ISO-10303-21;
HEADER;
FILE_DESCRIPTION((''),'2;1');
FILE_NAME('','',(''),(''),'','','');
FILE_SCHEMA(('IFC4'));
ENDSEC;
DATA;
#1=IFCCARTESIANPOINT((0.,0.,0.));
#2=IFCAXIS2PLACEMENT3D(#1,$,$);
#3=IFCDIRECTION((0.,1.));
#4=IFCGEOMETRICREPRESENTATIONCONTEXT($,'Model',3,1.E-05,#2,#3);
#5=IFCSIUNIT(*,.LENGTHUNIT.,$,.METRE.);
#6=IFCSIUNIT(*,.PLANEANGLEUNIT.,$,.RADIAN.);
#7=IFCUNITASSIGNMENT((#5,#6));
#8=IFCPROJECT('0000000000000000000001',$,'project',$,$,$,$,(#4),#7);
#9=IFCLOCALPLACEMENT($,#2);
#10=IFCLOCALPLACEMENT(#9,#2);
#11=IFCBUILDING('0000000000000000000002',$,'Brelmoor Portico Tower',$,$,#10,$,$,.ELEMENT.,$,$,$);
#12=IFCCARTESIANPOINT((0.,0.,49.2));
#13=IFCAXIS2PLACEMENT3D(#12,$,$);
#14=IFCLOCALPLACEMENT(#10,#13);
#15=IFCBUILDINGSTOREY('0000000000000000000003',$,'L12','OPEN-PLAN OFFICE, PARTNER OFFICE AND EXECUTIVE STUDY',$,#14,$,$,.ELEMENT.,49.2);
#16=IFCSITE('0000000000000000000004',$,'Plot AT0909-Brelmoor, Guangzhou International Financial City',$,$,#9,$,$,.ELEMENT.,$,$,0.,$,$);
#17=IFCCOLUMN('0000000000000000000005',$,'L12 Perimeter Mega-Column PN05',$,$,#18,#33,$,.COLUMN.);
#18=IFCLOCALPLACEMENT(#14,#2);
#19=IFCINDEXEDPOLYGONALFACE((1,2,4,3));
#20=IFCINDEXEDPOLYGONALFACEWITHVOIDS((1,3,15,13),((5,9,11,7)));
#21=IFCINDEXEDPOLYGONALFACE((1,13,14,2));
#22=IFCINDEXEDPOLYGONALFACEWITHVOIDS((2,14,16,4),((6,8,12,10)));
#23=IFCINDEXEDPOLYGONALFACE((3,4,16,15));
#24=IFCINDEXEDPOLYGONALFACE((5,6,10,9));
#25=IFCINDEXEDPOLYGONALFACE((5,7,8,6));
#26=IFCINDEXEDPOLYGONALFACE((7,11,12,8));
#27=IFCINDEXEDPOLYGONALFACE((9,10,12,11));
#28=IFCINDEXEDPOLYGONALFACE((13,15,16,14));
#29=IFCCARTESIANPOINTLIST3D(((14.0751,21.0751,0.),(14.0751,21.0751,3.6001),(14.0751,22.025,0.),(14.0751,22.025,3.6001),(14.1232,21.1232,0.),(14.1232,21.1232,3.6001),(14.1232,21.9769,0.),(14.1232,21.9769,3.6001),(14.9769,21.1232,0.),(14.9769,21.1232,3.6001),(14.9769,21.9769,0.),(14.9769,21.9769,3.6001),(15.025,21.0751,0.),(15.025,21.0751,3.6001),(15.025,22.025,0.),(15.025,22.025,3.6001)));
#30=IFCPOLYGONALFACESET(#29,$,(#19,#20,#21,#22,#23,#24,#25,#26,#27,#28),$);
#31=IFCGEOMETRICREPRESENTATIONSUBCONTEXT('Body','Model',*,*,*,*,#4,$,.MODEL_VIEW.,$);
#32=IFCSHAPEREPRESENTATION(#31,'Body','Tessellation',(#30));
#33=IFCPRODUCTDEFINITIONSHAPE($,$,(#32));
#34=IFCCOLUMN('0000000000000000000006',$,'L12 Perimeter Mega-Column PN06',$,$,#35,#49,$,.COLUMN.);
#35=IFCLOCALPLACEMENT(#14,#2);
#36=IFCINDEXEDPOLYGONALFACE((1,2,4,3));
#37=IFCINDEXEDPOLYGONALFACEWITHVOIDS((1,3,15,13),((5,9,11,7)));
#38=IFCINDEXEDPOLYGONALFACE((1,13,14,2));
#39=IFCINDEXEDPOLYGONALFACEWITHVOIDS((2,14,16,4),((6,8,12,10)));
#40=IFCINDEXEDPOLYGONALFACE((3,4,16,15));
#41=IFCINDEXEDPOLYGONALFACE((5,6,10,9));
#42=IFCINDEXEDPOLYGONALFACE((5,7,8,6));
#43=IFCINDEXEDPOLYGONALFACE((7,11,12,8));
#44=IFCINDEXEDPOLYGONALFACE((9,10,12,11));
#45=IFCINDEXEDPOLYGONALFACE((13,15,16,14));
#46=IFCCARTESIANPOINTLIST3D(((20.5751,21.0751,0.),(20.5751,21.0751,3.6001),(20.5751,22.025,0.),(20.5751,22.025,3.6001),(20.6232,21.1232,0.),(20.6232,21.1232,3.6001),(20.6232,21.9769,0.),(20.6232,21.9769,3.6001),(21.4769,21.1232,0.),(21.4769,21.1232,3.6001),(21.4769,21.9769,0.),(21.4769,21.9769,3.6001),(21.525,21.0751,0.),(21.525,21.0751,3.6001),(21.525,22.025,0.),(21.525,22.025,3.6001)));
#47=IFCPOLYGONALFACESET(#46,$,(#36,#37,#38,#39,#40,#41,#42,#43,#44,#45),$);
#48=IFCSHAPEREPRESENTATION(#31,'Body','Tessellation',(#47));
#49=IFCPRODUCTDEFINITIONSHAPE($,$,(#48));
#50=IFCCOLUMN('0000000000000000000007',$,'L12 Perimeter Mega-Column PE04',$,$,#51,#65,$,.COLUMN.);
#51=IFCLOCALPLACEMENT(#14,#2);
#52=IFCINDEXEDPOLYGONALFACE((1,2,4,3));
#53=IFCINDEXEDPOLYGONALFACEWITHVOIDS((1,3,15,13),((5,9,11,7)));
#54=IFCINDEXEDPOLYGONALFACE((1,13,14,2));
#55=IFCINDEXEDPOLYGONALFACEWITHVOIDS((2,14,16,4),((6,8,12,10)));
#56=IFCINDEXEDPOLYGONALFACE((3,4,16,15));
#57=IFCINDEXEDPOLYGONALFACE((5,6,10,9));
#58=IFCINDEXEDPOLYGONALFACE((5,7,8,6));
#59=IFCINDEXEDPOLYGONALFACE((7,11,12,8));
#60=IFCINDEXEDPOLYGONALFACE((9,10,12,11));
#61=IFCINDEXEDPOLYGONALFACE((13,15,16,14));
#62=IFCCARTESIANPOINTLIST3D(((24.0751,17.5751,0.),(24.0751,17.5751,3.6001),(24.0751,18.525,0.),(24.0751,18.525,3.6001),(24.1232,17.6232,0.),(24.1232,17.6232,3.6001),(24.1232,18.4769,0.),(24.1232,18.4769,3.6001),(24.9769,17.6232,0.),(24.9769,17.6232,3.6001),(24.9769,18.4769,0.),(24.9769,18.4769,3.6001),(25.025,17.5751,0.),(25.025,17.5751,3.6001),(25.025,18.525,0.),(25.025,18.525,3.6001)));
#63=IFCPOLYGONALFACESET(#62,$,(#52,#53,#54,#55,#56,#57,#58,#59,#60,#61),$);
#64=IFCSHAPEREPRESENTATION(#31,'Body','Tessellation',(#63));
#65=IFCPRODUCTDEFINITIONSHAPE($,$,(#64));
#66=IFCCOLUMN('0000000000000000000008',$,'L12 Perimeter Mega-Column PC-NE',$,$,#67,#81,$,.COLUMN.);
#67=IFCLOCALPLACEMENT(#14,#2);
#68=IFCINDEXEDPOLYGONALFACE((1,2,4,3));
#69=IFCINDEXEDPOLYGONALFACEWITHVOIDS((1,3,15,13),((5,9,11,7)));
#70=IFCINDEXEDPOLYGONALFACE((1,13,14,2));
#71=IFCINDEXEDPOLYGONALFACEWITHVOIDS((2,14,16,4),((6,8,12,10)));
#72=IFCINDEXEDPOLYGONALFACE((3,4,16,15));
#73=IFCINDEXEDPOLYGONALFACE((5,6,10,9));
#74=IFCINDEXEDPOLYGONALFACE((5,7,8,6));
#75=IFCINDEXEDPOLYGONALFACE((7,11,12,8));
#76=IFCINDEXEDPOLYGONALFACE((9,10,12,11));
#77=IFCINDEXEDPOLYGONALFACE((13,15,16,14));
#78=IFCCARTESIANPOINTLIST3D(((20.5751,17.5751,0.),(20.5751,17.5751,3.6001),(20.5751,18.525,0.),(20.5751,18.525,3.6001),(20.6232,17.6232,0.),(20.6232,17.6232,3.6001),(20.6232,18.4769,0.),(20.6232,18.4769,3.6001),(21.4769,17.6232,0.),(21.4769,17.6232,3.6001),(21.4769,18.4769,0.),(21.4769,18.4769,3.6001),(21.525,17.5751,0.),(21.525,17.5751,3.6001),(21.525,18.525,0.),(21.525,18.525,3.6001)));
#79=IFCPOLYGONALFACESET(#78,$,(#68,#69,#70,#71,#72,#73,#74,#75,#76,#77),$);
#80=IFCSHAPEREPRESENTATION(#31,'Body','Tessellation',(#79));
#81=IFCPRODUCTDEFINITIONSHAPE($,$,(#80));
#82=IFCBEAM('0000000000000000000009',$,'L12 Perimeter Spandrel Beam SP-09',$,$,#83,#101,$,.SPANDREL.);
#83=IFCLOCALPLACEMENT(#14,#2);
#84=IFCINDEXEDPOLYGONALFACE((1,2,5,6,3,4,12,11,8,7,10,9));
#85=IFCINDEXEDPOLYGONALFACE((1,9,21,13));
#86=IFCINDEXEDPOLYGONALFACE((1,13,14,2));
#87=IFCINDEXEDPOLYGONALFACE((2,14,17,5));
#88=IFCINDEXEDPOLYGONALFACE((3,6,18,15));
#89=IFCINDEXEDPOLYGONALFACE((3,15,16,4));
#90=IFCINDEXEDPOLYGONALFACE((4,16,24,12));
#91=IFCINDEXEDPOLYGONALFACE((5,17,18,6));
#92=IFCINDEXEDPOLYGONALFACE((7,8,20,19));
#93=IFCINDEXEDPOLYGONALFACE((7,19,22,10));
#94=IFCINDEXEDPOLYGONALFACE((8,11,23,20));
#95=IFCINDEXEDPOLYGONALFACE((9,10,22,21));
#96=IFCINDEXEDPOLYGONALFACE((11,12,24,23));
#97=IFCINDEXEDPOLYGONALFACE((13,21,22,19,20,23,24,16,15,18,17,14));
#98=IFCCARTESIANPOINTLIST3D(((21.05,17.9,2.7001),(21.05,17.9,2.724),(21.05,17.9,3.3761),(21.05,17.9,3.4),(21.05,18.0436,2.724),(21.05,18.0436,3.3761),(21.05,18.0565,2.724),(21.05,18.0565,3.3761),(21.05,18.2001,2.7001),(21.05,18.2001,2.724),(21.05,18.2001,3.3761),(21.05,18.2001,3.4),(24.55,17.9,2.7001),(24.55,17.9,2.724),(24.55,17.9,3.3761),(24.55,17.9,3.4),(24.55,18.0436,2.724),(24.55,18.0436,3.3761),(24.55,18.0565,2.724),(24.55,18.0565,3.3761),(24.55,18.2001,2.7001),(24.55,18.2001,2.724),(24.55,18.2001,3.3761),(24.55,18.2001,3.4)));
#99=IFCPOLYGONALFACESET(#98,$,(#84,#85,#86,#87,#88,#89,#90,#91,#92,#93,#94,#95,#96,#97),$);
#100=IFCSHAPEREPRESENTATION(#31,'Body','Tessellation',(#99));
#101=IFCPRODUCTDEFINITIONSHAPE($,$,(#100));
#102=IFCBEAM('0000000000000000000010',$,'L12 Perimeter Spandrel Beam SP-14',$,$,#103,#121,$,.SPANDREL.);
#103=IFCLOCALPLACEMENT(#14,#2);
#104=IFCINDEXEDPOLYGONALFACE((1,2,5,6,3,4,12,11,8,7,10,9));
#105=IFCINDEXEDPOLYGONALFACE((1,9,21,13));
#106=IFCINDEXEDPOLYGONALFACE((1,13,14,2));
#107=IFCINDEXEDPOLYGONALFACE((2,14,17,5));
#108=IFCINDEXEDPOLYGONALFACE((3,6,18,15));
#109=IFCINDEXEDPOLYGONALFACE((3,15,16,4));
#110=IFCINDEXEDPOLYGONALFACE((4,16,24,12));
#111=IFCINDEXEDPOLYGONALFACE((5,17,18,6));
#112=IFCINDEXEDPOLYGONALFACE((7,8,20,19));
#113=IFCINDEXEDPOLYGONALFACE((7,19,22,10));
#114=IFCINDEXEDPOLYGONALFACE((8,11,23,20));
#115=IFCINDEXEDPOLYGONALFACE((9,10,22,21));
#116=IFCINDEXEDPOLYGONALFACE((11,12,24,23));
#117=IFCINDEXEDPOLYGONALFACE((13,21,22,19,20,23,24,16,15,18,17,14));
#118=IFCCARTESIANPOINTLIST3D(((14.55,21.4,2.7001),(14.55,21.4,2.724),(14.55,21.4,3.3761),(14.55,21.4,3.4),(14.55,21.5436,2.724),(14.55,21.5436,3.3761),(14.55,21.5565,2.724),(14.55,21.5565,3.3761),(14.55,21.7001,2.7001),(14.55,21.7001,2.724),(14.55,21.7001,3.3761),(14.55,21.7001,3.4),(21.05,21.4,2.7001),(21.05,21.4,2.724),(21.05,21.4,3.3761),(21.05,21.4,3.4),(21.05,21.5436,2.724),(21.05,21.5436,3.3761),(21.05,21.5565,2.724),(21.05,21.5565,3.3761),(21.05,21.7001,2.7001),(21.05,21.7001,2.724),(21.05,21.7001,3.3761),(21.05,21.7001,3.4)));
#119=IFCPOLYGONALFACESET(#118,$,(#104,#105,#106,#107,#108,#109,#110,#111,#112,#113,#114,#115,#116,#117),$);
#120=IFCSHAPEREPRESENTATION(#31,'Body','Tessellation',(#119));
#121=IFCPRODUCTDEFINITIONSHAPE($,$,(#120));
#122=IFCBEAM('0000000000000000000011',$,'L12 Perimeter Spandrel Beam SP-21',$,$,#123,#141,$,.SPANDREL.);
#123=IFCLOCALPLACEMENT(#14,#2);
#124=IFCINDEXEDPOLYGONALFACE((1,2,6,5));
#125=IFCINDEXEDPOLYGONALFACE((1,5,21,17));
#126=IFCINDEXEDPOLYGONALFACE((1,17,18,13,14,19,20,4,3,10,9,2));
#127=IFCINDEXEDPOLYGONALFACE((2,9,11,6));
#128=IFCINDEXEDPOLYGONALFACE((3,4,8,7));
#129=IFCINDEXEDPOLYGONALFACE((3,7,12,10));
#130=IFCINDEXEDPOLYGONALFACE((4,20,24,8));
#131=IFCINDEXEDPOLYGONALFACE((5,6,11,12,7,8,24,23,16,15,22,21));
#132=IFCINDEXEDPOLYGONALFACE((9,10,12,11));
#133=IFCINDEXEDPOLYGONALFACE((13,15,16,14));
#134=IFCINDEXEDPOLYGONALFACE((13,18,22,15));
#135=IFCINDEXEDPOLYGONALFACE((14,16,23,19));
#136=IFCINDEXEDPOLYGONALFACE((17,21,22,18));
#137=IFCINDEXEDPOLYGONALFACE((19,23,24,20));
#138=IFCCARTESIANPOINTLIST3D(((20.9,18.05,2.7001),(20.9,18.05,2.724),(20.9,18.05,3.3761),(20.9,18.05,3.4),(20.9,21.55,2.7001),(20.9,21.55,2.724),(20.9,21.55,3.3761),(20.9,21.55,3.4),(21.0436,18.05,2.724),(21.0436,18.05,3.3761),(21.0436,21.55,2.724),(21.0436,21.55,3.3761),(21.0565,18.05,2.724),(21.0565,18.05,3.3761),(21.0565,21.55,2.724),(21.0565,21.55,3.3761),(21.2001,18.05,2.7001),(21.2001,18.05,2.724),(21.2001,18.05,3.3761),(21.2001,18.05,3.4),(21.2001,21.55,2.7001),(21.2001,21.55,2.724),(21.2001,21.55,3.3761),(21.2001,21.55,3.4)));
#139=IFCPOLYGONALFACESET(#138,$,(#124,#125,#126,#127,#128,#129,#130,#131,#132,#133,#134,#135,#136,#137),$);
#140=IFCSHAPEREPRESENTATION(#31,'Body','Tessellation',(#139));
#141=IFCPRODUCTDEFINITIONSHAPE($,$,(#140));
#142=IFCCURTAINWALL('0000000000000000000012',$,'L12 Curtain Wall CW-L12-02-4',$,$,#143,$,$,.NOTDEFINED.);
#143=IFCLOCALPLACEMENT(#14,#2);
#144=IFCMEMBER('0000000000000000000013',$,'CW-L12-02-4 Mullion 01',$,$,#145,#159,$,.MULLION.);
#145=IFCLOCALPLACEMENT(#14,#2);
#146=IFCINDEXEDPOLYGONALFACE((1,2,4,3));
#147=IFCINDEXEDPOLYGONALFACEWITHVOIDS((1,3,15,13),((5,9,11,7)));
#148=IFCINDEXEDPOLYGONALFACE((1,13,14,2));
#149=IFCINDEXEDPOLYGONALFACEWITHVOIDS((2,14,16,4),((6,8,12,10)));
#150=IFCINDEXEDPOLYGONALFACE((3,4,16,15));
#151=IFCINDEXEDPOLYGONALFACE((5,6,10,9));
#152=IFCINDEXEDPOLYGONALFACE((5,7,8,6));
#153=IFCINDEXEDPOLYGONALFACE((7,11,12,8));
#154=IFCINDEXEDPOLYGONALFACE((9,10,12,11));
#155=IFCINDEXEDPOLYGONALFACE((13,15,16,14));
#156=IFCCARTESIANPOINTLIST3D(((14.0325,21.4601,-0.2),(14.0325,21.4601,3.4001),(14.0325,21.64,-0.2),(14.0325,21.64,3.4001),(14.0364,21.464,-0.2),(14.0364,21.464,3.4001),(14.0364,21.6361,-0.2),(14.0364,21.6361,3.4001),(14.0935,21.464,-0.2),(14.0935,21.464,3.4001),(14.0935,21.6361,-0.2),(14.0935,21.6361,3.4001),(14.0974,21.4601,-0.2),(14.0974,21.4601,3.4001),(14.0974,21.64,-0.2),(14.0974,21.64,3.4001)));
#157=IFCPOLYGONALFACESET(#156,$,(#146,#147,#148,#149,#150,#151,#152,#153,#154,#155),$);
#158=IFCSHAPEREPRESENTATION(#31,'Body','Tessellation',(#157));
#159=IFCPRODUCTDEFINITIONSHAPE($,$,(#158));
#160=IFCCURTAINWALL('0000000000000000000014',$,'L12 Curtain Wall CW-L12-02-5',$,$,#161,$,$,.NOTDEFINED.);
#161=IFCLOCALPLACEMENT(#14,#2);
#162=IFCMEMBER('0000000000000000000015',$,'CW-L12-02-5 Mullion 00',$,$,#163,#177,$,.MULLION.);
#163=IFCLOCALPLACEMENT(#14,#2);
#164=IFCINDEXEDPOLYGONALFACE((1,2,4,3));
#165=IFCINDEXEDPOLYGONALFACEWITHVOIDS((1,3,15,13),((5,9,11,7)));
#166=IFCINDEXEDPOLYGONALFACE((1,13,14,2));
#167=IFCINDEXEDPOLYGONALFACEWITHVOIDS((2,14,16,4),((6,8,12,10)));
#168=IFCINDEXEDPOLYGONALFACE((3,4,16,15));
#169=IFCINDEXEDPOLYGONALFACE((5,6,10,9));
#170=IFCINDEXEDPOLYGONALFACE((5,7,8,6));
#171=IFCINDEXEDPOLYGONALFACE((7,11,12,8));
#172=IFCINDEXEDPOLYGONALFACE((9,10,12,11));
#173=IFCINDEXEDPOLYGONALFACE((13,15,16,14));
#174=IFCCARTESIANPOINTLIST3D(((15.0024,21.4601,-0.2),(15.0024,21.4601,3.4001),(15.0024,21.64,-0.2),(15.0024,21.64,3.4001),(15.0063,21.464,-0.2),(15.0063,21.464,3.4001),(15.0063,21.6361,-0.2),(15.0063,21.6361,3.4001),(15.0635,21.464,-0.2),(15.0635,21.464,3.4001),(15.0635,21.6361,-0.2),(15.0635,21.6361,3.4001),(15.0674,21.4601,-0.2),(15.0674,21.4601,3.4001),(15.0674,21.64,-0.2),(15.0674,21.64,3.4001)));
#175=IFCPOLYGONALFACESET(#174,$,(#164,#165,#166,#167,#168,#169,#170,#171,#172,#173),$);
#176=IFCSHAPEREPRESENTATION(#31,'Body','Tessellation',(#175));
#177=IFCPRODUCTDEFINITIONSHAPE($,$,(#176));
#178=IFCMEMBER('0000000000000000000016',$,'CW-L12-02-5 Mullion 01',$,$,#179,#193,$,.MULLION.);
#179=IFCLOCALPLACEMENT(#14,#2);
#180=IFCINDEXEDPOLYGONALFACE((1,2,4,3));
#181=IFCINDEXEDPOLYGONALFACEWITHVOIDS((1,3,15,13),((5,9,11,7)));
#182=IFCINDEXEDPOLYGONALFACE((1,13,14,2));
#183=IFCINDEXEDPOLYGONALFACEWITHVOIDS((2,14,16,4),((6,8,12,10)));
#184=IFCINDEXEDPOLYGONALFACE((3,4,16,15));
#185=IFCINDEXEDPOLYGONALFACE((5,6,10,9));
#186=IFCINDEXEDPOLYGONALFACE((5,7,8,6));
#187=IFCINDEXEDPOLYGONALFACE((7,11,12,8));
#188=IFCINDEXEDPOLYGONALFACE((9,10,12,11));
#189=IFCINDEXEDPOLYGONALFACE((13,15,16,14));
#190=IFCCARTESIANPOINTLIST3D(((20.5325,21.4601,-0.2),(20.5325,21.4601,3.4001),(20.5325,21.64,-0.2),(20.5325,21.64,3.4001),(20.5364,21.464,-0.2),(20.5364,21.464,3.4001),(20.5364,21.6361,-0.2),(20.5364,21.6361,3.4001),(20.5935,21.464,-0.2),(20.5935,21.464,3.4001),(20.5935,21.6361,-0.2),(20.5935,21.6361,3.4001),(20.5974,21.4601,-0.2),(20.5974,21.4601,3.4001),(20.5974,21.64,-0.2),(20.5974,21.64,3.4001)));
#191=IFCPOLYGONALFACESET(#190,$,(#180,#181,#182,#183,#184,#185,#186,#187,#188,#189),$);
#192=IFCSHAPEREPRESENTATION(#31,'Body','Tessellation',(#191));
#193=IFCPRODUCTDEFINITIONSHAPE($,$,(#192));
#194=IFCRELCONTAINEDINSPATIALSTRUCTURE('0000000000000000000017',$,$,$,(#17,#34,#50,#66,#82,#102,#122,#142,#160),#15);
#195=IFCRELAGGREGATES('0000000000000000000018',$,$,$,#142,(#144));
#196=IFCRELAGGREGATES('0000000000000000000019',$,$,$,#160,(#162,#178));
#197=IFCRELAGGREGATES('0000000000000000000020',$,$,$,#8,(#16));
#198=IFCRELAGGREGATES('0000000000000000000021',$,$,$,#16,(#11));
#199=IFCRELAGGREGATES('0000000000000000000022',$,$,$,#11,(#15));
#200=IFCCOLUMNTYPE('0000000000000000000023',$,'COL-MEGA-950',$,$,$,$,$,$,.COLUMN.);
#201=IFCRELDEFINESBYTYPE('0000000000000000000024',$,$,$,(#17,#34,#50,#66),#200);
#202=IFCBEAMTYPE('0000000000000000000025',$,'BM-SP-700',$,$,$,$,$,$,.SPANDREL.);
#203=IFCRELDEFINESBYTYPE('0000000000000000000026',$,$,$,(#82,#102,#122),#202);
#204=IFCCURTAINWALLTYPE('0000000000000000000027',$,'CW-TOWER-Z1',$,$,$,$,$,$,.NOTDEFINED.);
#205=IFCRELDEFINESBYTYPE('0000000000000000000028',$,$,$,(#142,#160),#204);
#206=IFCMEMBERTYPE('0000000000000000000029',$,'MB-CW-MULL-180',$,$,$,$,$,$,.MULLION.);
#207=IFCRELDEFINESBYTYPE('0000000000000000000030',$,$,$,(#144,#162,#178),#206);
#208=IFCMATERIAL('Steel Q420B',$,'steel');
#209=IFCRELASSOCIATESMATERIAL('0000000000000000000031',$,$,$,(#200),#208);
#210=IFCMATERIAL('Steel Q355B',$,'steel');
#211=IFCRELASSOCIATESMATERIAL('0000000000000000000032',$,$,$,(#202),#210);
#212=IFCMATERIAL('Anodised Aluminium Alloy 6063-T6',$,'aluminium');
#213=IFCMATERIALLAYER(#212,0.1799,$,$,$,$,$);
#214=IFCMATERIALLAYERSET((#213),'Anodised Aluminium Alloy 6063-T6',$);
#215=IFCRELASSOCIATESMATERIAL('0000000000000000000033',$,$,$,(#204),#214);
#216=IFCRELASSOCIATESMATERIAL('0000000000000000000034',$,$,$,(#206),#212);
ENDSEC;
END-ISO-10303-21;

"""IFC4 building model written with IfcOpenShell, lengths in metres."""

from ifc_helpers import new_model, si_unit, direction, frame, origin, origin_2d, place, context, subcontext, project, spatial, hollow_rectangle, i_section, extrude, material, layer, layer_set, material_profile, profile_set, type_object, element, aggregate, save


model = new_model("IFC4")

# Units and contexts
model_context = context("Model", 3, precision=1e-05, world=origin(), true_north=direction((0.0, 1.0)))
body_context = subcontext(model_context, "Body", "Model", "MODEL_VIEW")
ifc_project = project(units=[si_unit("LENGTHUNIT", "METRE"), si_unit("PLANEANGLEUNIT", "RADIAN")], contexts=[model_context])

# Site, building, storey
site_placement = place(None, origin())
site = spatial("IfcSite", under=ifc_project, at=site_placement, Name="Plot AT0909-Brelmoor, Guangzhou International Financial City", CompositionType="ELEMENT", RefElevation=0.0)
building_placement = place(site_placement, origin())
building = spatial("IfcBuilding", under=site, at=building_placement, Name="Brelmoor Portico Tower", CompositionType="ELEMENT")
storey_placement = place(building_placement, frame((0.0, 0.0, 49.2)))
storey = spatial("IfcBuildingStorey", under=building, at=storey_placement, Name="L12", Description="OPEN-PLAN OFFICE, PARTNER OFFICE AND EXECUTIVE STUDY", CompositionType="ELEMENT", Elevation=49.2)

# Columns
ifc_material_1 = material(Name="Steel Q420B", Category="steel")
ifc_material_profile_1 = material_profile(ifc_material_1, hollow_rectangle(XDim=0.95, YDim=0.95, WallThickness=0.0481, at=origin_2d()), Name="BOX 950x950x48")
ifc_profile_set_1 = profile_set([ifc_material_profile_1], Name="Steel Q420B")
column_type = type_object("IfcColumnType", Name="COL-MEGA-950", PredefinedType="COLUMN", material=ifc_profile_set_1)
for number, where, z_axis, x_axis, name in (
    (1, (14.55, 21.55, 0.0), (0.0, 0.0, 1.0), (1.0, 0.0, 0.0), "L12 Perimeter Mega-Column PN05"),
    (2, (21.05, 21.55, 0.0), (0.0, 0.0, 1.0), (1.0, 0.0, 0.0), "L12 Perimeter Mega-Column PN06"),
    (3, (24.55, 18.05, 0.0), (0.0, 0.0, 1.0), (0.0, 1.0, 0.0), "L12 Perimeter Mega-Column PE04"),
    (4, (21.05, 18.05, 0.0), (0.0, 0.0, 1.0), (1.0, 0.0, 0.0), "L12 Perimeter Mega-Column PC-NE"),
):
    element("IfcColumn", number, at=place(storey_placement, frame(where, z_axis=z_axis, x_axis=x_axis)), inside=storey, type_object=column_type, Name=name, PredefinedType="COLUMN", context=body_context, shape_type="SweptSolid", body=[
        extrude(hollow_rectangle(XDim=0.95, YDim=0.95, WallThickness=0.0481, at=origin_2d()), origin(), (0.0, 0.0, 1.0), 3.6001),
    ])

# Beams
ifc_material_2 = material(Name="Steel Q355B", Category="steel")
ifc_material_profile_2 = material_profile(ifc_material_2, i_section(OverallWidth=0.3, OverallDepth=0.7, WebThickness=0.0129, FlangeThickness=0.0239, at=origin_2d()), Name="HN 700x300x13x24")
ifc_profile_set_2 = profile_set([ifc_material_profile_2], Name="Steel Q355B")
beam_type = type_object("IfcBeamType", Name="BM-SP-700", PredefinedType="SPANDREL", material=ifc_profile_set_2)
beam_1_placement = place(storey_placement, frame((21.05, 18.05, 3.05), z_axis=(1.0, 0.0, 0.0), x_axis=(0.0, 1.0, 0.0)))
element("IfcBeam", 5, at=beam_1_placement, inside=storey, type_object=beam_type, Name="L12 Perimeter Spandrel Beam SP-09", PredefinedType="SPANDREL", context=body_context, shape_type="SweptSolid", body=[
    extrude(i_section(OverallWidth=0.3, OverallDepth=0.7, WebThickness=0.0129, FlangeThickness=0.0239, at=origin_2d()), origin(), (0.0, 0.0, 1.0), 3.5),
])
beam_2_placement = place(storey_placement, frame((14.55, 21.55, 3.05), z_axis=(1.0, 0.0, 0.0), x_axis=(0.0, 1.0, 0.0)))
element("IfcBeam", 6, at=beam_2_placement, inside=storey, type_object=beam_type, Name="L12 Perimeter Spandrel Beam SP-14", PredefinedType="SPANDREL", context=body_context, shape_type="SweptSolid", body=[
    extrude(i_section(OverallWidth=0.3, OverallDepth=0.7, WebThickness=0.0129, FlangeThickness=0.0239, at=origin_2d()), origin(), (0.0, 0.0, 1.0), 6.5),
])
beam_3_placement = place(storey_placement, frame((21.05, 18.05, 3.05), z_axis=(0.0, 1.0, 0.0), x_axis=(-1.0, 0.0, 0.0)))
element("IfcBeam", 7, at=beam_3_placement, inside=storey, type_object=beam_type, Name="L12 Perimeter Spandrel Beam SP-21", PredefinedType="SPANDREL", context=body_context, shape_type="SweptSolid", body=[
    extrude(i_section(OverallWidth=0.3, OverallDepth=0.7, WebThickness=0.0129, FlangeThickness=0.0239, at=origin_2d()), origin(), (0.0, 0.0, 1.0), 3.5),
])

# Curtain wall, member
ifc_material_3 = material(Name="Anodised Aluminium Alloy 6063-T6", Category="aluminium")
ifc_layer_1 = layer(ifc_material_3, 0.1799)
ifc_layer_set_1 = layer_set([ifc_layer_1], Name="Anodised Aluminium Alloy 6063-T6")
curtain_wall_type = type_object("IfcCurtainWallType", Name="CW-TOWER-Z1", PredefinedType="NOTDEFINED", material=ifc_layer_set_1)
curtain_wall_1_placement = place(storey_placement, origin())
curtain_wall_1 = element("IfcCurtainWall", 8, at=curtain_wall_1_placement, inside=storey, type_object=curtain_wall_type, Name="L12 Curtain Wall CW-L12-02-4", PredefinedType="NOTDEFINED")
ifc_material_profile_3 = material_profile(ifc_material_3, hollow_rectangle(XDim=0.0649, YDim=0.1799, WallThickness=0.0039, at=origin_2d()), Name="ALU MULLION 65x180")
ifc_profile_set_3 = profile_set([ifc_material_profile_3], Name="Anodised Aluminium Alloy 6063-T6")
member_type_1 = type_object("IfcMemberType", Name="MB-CW-MULL-180", PredefinedType="MULLION", material=ifc_profile_set_3)
member_1_placement = place(storey_placement, frame((14.0649, 21.55, -0.2), z_axis=(0.0, 0.0, 1.0), x_axis=(1.0, 0.0, 0.0)))
member_1 = element("IfcMember", 9, at=member_1_placement, type_object=member_type_1, Name="CW-L12-02-4 Mullion 01", PredefinedType="MULLION", context=body_context, shape_type="SweptSolid", body=[
    extrude(hollow_rectangle(XDim=0.0649, YDim=0.1799, WallThickness=0.0039, at=origin_2d()), origin(), (0.0, 0.0, 1.0), 3.6001),
])
aggregate(curtain_wall_1, [member_1])

# Curtain wall, members
curtain_wall_2_placement = place(storey_placement, origin())
curtain_wall_2 = element("IfcCurtainWall", 10, at=curtain_wall_2_placement, inside=storey, type_object=curtain_wall_type, Name="L12 Curtain Wall CW-L12-02-5", PredefinedType="NOTDEFINED")
member_2_placement = place(storey_placement, frame((15.0349, 21.55, -0.2), z_axis=(0.0, 0.0, 1.0), x_axis=(1.0, 0.0, 0.0)))
member_2 = element("IfcMember", 11, at=member_2_placement, type_object=member_type_1, Name="CW-L12-02-5 Mullion 00", PredefinedType="MULLION", context=body_context, shape_type="SweptSolid", body=[
    extrude(hollow_rectangle(XDim=0.0649, YDim=0.1799, WallThickness=0.0039, at=origin_2d()), origin(), (0.0, 0.0, 1.0), 3.6001),
])
member_3_placement = place(storey_placement, frame((20.5649, 21.55, -0.2), z_axis=(0.0, 0.0, 1.0), x_axis=(1.0, 0.0, 0.0)))
member_3 = element("IfcMember", 12, at=member_3_placement, type_object=member_type_1, Name="CW-L12-02-5 Mullion 01", PredefinedType="MULLION", context=body_context, shape_type="SweptSolid", body=[
    extrude(hollow_rectangle(XDim=0.0649, YDim=0.1799, WallThickness=0.0039, at=origin_2d()), origin(), (0.0, 0.0, 1.0), 3.6001),
])

aggregate(curtain_wall_2, [member_2, member_3])

save(model, "model.ifc")
